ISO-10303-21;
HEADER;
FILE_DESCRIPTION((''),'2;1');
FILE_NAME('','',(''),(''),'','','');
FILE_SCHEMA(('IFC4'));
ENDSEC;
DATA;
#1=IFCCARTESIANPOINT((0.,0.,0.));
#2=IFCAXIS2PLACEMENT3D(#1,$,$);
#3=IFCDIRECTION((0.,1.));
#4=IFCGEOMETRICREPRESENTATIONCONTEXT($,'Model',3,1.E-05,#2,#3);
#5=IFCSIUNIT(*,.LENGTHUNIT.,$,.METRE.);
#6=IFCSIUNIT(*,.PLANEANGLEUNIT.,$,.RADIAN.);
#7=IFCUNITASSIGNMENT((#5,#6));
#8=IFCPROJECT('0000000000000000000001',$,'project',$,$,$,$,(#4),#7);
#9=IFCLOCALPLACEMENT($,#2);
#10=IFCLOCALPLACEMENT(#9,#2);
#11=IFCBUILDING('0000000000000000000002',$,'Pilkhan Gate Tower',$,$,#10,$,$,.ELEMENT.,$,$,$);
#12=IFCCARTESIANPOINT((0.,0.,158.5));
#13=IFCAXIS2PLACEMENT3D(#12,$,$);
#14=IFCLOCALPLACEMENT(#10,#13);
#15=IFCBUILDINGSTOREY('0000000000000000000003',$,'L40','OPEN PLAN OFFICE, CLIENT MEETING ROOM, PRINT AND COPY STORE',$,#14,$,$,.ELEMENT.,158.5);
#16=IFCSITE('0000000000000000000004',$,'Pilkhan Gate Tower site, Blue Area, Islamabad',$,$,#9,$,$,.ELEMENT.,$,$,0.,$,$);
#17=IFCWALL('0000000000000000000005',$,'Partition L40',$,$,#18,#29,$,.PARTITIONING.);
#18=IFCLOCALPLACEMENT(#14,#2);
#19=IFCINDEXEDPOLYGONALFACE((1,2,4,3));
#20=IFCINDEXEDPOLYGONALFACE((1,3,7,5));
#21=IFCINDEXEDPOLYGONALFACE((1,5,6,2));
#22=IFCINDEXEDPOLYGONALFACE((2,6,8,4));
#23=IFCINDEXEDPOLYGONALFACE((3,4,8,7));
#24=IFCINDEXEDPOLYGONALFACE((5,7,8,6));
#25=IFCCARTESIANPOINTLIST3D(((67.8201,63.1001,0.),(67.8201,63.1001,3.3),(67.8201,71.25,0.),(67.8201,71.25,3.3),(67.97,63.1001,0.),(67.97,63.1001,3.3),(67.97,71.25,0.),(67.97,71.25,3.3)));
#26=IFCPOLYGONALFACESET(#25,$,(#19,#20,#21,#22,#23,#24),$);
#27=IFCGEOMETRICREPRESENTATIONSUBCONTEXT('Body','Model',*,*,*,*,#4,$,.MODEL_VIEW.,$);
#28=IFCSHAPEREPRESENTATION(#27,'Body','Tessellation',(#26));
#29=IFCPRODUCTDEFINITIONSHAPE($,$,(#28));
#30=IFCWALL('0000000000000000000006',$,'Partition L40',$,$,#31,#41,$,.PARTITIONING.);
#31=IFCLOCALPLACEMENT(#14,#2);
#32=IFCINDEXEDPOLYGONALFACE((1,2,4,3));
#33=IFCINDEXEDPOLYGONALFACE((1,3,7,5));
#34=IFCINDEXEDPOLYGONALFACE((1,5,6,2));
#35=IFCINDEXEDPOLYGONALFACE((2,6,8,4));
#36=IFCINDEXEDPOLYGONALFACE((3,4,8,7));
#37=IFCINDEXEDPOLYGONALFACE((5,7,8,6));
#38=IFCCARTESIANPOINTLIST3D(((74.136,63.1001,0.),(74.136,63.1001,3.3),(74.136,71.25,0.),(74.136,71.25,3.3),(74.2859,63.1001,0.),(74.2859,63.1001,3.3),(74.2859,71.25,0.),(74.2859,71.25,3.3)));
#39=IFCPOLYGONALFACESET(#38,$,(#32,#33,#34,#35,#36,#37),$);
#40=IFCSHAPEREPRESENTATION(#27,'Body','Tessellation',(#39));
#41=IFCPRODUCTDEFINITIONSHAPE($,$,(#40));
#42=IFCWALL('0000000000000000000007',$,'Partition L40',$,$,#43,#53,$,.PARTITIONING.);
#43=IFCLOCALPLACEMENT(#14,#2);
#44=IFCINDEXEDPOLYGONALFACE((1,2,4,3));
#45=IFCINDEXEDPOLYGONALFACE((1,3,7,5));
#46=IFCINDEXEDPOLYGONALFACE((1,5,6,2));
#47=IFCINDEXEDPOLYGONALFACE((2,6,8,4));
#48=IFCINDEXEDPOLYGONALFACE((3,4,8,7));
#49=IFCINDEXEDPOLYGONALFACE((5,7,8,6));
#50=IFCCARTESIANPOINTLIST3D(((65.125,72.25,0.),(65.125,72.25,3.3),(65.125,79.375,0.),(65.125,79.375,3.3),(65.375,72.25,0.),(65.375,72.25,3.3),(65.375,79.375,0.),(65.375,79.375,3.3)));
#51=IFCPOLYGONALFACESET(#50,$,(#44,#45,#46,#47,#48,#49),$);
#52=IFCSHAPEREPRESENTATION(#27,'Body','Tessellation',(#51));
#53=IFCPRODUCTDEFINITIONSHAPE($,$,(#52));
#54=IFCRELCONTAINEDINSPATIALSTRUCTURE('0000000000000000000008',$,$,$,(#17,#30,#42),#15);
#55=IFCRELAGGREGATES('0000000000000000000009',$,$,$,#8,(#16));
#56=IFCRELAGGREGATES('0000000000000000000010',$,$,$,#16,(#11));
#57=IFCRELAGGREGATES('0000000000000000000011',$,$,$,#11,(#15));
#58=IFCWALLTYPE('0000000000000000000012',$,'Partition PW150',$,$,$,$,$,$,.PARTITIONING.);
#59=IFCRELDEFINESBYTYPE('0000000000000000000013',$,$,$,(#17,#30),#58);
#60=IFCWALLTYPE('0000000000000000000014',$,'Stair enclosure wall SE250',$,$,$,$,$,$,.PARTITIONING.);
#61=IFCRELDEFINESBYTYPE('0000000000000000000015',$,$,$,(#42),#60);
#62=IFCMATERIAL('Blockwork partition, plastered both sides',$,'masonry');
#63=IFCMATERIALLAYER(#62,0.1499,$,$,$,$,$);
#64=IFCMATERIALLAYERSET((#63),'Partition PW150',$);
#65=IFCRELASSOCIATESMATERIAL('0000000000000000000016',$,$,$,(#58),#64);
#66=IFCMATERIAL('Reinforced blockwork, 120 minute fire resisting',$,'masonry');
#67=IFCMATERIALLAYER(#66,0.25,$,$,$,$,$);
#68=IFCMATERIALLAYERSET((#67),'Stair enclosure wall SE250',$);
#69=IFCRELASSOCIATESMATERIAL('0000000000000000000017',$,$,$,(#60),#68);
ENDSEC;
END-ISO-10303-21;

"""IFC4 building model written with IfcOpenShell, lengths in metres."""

from ifc_helpers import new_model, si_unit, direction, frame, frame_2d, origin, place, context, subcontext, project, spatial, rectangle, extrude, material, layer, layer_set, type_object, element, save


model = new_model("IFC4")

# Units and contexts
model_context = context("Model", 3, precision=1e-05, world=origin(), true_north=direction((0.0, 1.0)))
body_context = subcontext(model_context, "Body", "Model", "MODEL_VIEW")
ifc_project = project(units=[si_unit("LENGTHUNIT", "METRE"), si_unit("PLANEANGLEUNIT", "RADIAN")], contexts=[model_context])

# Site, building, storey
site_placement = place(None, origin())
site = spatial("IfcSite", under=ifc_project, at=site_placement, Name="Pilkhan Gate Tower site, Blue Area, Islamabad", CompositionType="ELEMENT", RefElevation=0.0)
building_placement = place(site_placement, origin())
building = spatial("IfcBuilding", under=site, at=building_placement, Name="Pilkhan Gate Tower", CompositionType="ELEMENT")
storey_placement = place(building_placement, frame((0.0, 0.0, 158.5)))
storey = spatial("IfcBuildingStorey", under=building, at=storey_placement, Name="L40", Description="OPEN PLAN OFFICE, CLIENT MEETING ROOM, PRINT AND COPY STORE", CompositionType="ELEMENT", Elevation=158.5)

# Shared definitions
ifc_material_1 = material(Name="Blockwork partition, plastered both sides", Category="masonry")
ifc_layer_1 = layer(ifc_material_1, 0.1499)
ifc_layer_set_1 = layer_set([ifc_layer_1], Name="Partition PW150")
wall_type_1 = type_object("IfcWallType", Name="Partition PW150", PredefinedType="PARTITIONING", material=ifc_layer_set_1)

# Walls
for number, where, z_axis, x_axis, name in (
    (1, (67.895, 63.1001, 0.0), (0.0, 0.0, 1.0), (0.0, 1.0, 0.0), "Partition L40"),
    (2, (74.2109, 63.1001, 0.0), (0.0, 0.0, 1.0), (0.0, 1.0, 0.0), "Partition L40"),
):
    element("IfcWall", number, at=place(storey_placement, frame(where, z_axis=z_axis, x_axis=x_axis)), inside=storey, type_object=wall_type_1, Name=name, PredefinedType="PARTITIONING", context=body_context, shape_type="SweptSolid", body=[
        extrude(rectangle(XDim=8.1499, YDim=0.1499, at=frame_2d((4.075, 0.0))), origin(), (0.0, 0.0, 1.0), 3.3),
    ])
ifc_material_2 = material(Name="Reinforced blockwork, 120 minute fire resisting", Category="masonry")
ifc_layer_2 = layer(ifc_material_2, 0.25)
ifc_layer_set_2 = layer_set([ifc_layer_2], Name="Stair enclosure wall SE250")
wall_type_2 = type_object("IfcWallType", Name="Stair enclosure wall SE250", PredefinedType="PARTITIONING", material=ifc_layer_set_2)
wall_1_placement = place(storey_placement, frame((65.25, 72.25, 0.0), z_axis=(0.0, 0.0, 1.0), x_axis=(0.0, 1.0, 0.0)))
element("IfcWall", 3, at=wall_1_placement, inside=storey, type_object=wall_type_2, Name="Partition L40", PredefinedType="PARTITIONING", context=body_context, shape_type="SweptSolid", body=[
    extrude(rectangle(XDim=7.125, YDim=0.25, at=frame_2d((3.5625, 0.0))), origin(), (0.0, 0.0, 1.0), 3.3),
])

save(model, "model.ifc")
